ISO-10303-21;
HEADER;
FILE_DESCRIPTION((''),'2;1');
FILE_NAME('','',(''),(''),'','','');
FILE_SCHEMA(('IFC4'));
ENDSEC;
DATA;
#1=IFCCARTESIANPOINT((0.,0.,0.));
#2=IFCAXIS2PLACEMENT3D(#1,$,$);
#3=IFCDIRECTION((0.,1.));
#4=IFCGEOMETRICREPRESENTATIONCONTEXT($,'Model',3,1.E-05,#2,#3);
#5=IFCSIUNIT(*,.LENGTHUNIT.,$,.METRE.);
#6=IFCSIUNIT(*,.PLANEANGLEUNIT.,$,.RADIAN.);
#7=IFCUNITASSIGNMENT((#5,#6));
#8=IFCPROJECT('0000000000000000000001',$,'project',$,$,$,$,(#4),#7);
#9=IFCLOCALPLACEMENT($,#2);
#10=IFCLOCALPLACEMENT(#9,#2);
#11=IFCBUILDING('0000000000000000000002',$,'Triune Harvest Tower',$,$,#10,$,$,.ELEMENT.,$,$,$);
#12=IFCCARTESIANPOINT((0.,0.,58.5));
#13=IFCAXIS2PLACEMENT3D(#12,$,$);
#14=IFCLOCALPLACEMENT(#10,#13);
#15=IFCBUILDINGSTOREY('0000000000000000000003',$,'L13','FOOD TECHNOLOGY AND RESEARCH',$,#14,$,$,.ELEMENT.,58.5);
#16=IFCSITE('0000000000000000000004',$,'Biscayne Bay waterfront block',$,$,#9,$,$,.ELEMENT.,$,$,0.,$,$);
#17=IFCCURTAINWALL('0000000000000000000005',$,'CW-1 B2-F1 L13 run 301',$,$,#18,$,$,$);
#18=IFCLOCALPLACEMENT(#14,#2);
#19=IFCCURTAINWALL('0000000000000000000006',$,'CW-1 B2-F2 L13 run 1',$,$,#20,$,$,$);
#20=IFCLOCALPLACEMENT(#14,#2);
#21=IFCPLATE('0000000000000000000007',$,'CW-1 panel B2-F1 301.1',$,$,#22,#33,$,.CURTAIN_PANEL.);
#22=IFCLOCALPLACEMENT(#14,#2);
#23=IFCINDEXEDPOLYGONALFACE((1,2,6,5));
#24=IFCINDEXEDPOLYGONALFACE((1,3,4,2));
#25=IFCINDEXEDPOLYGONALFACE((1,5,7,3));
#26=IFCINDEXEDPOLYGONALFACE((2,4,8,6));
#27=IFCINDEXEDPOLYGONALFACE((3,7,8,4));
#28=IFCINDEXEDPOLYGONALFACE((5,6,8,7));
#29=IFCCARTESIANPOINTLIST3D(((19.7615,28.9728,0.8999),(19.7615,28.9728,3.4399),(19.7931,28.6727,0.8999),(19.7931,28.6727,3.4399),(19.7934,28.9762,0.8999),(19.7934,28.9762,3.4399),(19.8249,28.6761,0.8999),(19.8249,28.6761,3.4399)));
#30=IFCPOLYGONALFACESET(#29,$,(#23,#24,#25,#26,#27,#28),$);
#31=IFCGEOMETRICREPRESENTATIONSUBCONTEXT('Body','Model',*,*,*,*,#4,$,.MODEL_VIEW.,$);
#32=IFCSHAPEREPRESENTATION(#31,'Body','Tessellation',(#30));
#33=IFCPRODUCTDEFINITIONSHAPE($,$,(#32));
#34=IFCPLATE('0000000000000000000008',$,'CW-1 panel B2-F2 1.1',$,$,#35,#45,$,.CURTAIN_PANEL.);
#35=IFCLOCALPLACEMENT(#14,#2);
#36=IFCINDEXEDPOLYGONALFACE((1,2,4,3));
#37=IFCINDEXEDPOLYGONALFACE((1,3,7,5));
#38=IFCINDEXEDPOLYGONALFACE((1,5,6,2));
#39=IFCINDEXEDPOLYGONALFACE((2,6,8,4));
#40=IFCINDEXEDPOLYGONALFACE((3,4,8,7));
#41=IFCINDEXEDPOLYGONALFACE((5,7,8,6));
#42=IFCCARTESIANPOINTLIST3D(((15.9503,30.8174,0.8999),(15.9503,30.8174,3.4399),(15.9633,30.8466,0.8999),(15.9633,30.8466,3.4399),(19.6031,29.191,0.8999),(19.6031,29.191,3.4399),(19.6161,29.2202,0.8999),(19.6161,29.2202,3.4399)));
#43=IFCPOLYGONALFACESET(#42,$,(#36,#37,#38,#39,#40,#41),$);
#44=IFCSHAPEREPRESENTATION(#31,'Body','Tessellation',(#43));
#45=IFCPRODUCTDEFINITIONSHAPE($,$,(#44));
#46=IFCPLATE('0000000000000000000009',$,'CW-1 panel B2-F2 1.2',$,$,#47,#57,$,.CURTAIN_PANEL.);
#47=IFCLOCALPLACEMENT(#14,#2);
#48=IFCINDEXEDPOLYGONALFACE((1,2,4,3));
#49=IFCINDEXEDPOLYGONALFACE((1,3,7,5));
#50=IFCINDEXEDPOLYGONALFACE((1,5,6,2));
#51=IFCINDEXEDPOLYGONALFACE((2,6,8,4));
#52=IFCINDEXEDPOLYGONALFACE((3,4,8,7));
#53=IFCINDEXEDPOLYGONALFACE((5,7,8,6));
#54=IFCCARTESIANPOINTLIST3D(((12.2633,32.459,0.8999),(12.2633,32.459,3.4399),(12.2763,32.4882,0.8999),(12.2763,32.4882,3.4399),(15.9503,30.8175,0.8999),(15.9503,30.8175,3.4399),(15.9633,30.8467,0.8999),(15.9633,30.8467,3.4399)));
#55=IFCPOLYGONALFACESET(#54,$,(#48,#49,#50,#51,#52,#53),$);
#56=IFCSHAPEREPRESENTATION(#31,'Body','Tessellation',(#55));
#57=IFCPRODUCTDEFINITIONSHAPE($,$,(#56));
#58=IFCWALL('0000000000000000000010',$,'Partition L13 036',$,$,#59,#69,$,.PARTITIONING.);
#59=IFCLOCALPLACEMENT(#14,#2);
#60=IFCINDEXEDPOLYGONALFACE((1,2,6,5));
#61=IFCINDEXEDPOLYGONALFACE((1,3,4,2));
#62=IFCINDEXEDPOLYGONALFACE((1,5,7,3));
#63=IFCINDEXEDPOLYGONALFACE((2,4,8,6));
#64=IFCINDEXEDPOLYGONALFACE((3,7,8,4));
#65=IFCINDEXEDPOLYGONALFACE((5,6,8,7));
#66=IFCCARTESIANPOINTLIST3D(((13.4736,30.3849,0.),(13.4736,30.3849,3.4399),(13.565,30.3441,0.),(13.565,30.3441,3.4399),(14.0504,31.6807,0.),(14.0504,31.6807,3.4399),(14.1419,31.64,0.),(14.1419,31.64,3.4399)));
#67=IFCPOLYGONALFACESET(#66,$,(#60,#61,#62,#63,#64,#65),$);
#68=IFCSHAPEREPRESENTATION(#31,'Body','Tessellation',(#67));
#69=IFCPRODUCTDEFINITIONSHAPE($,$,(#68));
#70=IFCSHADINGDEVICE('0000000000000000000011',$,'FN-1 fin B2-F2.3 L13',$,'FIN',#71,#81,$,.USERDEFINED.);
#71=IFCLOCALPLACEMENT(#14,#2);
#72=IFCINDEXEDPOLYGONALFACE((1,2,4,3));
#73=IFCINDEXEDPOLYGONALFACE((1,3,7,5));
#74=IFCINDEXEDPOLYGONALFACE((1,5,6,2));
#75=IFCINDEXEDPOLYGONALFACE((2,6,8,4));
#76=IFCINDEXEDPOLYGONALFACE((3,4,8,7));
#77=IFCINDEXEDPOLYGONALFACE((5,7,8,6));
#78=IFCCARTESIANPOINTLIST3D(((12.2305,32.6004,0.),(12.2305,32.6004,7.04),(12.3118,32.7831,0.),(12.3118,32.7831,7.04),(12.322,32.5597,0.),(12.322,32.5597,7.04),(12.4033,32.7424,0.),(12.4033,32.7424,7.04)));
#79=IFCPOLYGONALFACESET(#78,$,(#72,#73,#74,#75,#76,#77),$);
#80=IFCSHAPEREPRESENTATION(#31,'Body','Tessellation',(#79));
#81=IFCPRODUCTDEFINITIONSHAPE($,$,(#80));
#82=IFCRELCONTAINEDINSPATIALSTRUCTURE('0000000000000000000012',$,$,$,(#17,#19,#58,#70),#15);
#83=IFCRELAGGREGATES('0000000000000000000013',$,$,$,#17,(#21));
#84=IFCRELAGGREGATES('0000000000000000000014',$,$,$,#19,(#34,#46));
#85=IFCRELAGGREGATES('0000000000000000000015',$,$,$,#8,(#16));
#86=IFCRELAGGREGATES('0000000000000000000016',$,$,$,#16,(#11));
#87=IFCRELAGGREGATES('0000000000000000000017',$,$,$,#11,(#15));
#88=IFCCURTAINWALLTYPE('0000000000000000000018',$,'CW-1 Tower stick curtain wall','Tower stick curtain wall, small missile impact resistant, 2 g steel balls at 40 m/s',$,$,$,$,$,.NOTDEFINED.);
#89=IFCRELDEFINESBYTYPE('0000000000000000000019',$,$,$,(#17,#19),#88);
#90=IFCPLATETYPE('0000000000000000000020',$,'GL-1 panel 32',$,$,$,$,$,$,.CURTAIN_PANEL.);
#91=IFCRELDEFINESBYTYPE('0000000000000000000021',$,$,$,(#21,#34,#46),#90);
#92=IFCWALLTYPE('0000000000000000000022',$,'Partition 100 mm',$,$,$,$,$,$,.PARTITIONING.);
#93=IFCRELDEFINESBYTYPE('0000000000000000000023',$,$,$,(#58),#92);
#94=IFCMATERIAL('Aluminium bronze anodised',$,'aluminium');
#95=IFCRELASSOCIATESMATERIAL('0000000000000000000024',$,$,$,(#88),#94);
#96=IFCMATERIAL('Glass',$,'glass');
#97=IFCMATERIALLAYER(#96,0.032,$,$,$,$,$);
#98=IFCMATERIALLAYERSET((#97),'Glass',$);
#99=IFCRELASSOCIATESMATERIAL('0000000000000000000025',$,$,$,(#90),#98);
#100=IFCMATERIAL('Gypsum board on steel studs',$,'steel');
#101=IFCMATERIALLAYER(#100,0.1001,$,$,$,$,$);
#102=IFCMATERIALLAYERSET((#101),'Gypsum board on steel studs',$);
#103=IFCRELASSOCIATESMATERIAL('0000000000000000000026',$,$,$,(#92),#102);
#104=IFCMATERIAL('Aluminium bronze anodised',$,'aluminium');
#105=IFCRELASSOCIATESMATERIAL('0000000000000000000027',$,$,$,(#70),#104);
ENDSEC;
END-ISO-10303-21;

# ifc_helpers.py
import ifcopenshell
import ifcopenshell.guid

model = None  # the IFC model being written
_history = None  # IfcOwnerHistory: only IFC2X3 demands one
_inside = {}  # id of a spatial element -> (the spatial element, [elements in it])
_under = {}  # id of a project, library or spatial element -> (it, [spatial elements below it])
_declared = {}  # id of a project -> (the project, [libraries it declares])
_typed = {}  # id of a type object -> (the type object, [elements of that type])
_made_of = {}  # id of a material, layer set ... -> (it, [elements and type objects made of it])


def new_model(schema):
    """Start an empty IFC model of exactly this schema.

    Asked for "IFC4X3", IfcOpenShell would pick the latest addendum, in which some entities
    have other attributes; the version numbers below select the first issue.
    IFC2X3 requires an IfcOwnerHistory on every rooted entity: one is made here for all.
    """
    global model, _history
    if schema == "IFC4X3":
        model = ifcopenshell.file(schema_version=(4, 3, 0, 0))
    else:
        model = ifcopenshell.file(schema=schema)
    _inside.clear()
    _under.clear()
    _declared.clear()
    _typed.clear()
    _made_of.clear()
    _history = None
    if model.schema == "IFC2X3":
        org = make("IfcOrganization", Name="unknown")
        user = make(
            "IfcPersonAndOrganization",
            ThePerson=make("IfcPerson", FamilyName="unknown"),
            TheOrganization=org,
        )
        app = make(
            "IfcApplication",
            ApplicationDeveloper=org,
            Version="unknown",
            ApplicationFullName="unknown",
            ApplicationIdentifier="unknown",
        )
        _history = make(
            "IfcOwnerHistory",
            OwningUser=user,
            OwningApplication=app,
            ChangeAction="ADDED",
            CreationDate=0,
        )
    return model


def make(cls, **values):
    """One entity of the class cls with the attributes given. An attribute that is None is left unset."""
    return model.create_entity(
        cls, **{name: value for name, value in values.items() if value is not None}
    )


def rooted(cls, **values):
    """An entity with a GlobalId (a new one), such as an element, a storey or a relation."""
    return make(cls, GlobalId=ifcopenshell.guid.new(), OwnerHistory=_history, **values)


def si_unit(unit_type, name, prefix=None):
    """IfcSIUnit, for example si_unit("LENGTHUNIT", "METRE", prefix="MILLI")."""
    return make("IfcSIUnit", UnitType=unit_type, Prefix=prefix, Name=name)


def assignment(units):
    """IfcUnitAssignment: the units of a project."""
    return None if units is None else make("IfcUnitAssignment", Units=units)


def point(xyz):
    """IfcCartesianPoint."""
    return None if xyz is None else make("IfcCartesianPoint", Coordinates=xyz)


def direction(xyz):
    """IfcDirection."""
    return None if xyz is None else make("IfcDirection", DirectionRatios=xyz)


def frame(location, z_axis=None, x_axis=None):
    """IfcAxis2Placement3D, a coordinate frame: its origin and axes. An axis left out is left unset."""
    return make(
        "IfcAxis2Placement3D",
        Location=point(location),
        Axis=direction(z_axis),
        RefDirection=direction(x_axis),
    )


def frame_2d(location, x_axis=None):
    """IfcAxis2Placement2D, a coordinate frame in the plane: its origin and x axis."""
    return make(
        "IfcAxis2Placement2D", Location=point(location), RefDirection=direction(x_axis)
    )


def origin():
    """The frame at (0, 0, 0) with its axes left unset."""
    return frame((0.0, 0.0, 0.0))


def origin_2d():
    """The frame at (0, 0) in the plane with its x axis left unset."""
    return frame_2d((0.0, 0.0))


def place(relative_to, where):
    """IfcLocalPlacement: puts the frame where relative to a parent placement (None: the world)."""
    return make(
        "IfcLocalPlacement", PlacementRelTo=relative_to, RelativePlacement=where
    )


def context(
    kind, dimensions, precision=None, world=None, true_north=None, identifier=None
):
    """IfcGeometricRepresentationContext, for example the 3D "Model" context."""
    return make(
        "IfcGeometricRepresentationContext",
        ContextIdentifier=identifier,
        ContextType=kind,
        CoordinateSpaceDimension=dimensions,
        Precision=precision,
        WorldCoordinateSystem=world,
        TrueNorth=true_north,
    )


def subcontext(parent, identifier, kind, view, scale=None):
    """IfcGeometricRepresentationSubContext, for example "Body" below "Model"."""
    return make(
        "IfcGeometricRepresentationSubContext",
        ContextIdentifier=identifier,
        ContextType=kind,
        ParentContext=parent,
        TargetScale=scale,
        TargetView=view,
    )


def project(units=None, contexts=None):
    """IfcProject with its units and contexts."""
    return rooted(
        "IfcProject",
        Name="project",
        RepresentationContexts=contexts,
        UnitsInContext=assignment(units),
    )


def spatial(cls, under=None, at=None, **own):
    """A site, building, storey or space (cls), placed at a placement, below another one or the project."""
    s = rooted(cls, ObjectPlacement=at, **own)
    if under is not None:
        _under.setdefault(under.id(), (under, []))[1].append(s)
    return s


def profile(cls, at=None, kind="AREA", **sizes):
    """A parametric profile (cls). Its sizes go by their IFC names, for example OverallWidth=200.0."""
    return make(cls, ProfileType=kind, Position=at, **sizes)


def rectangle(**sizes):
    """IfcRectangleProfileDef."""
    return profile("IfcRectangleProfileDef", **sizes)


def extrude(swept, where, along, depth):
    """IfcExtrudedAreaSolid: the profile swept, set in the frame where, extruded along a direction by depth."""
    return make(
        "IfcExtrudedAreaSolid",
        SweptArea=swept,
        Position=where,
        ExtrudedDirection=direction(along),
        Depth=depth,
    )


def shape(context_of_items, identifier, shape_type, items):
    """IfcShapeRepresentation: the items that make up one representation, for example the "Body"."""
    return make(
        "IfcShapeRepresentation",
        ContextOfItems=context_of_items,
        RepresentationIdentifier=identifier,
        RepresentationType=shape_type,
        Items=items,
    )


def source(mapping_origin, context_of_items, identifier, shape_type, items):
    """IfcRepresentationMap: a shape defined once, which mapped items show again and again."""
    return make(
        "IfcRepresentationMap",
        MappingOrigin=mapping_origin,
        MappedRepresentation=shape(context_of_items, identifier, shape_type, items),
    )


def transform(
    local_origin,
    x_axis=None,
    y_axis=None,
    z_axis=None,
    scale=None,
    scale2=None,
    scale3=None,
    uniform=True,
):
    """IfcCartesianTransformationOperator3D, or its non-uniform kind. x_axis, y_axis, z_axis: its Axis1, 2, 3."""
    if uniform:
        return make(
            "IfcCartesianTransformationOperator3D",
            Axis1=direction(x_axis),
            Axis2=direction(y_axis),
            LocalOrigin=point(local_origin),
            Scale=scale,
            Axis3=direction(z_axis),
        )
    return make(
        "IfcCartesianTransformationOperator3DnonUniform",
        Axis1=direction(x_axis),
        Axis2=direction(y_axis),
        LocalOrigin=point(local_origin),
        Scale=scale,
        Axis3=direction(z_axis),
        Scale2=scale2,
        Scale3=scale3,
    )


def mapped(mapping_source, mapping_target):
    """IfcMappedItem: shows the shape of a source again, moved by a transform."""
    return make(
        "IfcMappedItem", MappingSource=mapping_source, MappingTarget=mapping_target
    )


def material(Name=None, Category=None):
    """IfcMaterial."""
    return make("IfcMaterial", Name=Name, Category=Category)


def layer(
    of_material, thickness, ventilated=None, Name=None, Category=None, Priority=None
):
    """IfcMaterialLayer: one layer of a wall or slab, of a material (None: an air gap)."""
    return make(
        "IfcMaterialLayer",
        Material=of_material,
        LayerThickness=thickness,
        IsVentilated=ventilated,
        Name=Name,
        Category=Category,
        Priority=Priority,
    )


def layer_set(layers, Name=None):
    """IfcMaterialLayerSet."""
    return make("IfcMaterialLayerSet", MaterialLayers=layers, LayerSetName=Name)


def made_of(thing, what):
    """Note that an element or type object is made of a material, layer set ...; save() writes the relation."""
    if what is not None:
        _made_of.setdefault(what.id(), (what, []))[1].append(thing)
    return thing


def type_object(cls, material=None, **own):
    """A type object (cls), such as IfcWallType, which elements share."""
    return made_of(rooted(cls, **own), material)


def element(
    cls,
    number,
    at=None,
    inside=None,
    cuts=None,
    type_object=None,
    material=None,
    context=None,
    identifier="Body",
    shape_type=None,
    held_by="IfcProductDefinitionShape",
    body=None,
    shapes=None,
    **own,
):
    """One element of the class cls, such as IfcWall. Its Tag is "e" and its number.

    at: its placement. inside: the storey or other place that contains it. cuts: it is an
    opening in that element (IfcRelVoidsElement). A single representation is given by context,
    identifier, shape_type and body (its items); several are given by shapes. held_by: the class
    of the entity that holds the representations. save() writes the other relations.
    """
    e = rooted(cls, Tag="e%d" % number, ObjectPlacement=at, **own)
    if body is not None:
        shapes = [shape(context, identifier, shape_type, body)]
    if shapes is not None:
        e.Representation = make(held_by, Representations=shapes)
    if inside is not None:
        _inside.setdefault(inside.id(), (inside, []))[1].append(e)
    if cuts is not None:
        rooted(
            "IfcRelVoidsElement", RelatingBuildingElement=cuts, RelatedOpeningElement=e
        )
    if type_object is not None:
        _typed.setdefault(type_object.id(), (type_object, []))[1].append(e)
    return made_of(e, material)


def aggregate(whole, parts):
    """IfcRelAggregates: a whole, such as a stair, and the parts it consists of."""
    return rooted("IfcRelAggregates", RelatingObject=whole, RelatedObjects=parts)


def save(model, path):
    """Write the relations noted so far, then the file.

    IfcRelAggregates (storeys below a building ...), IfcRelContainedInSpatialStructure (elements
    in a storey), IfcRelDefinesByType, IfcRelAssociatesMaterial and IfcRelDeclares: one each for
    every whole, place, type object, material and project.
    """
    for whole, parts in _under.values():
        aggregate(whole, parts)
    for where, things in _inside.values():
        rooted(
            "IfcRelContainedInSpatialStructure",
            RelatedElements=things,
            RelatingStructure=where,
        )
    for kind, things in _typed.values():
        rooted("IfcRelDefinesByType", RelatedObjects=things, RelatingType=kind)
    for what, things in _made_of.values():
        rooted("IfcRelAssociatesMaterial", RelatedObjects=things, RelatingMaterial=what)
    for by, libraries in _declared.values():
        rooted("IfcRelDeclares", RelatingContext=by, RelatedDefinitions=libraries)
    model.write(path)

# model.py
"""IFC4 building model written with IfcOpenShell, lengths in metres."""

from ifc_helpers import new_model, si_unit, direction, frame, frame_2d, origin, origin_2d, place, context, subcontext, project, spatial, rectangle, extrude, source, transform, mapped, material, layer, layer_set, type_object, element, aggregate, save


model = new_model("IFC4")

# Units and contexts
model_context = context("Model", 3, precision=1e-05, world=origin(), true_north=direction((0.0, 1.0)))
body_context = subcontext(model_context, "Body", "Model", "MODEL_VIEW")
ifc_project = project(units=[si_unit("LENGTHUNIT", "METRE"), si_unit("PLANEANGLEUNIT", "RADIAN")], contexts=[model_context])

# Site, building, storey
site_placement = place(None, origin())
site = spatial("IfcSite", under=ifc_project, at=site_placement, Name="Biscayne Bay waterfront block", CompositionType="ELEMENT", RefElevation=0.0)
building_placement = place(site_placement, origin())
building = spatial("IfcBuilding", under=site, at=building_placement, Name="Triune Harvest Tower", CompositionType="ELEMENT")
storey_placement = place(building_placement, frame((0.0, 0.0, 58.5)))
storey = spatial("IfcBuildingStorey", under=building, at=storey_placement, Name="L13", Description="FOOD TECHNOLOGY AND RESEARCH", CompositionType="ELEMENT", Elevation=58.5)

# Curtain wall
ifc_material_1 = material(Name="Aluminium bronze anodised", Category="aluminium")
curtain_wall_type = type_object("IfcCurtainWallType", Name="CW-1 Tower stick curtain wall", Description="Tower stick curtain wall, small missile impact resistant, 2 g steel balls at 40 m/s", PredefinedType="NOTDEFINED", material=ifc_material_1)
curtain_wall_1_placement = place(storey_placement, origin())
curtain_wall_1 = element("IfcCurtainWall", 1, at=curtain_wall_1_placement, inside=storey, type_object=curtain_wall_type, Name="CW-1 B2-F1 L13 run 301")

# Curtain wall
curtain_wall_2_placement = place(storey_placement, origin())
curtain_wall_2 = element("IfcCurtainWall", 2, at=curtain_wall_2_placement, inside=storey, type_object=curtain_wall_type, Name="CW-1 B2-F2 L13 run 1")

# Plates
ifc_material_2 = material(Name="Glass", Category="glass")
ifc_layer_1 = layer(ifc_material_2, 0.032)
ifc_layer_set_1 = layer_set([ifc_layer_1], Name="Glass")
plate_type = type_object("IfcPlateType", Name="GL-1 panel 32", PredefinedType="CURTAIN_PANEL", material=ifc_layer_set_1)
shared_shape_1 = source(origin(), body_context, "Body", "SweptSolid", [
    extrude(rectangle(XDim=0.3018, YDim=0.032, at=origin_2d()), origin(), (0.0, 0.0, 1.0), 2.54),
])
plate_1_placement = place(storey_placement, frame((19.7932, 28.8245, 0.8999), z_axis=(0.0, 0.0, 1.0), x_axis=(-0.104477, 0.994527, 0.0)))
plate_1 = element("IfcPlate", 3, at=plate_1_placement, type_object=plate_type, Name="CW-1 panel B2-F1 301.1", PredefinedType="CURTAIN_PANEL", context=body_context, shape_type="MappedRepresentation", body=[
    mapped(shared_shape_1, transform((0.0, 0.0, 0.0), scale=1.0)),
])
aggregate(curtain_wall_1, [plate_1])
shared_shape_2 = source(origin(), body_context, "Body", "SweptSolid", [
    extrude(rectangle(XDim=3.9985, YDim=0.032, at=origin_2d()), origin(), (0.0, 0.0, 1.0), 2.54),
])
plate_2_placement = place(storey_placement, frame((17.7832, 30.0188, 0.8999), z_axis=(0.0, 0.0, 1.0), x_axis=(-0.913547, 0.406734, 0.0)))
plate_2 = element("IfcPlate", 4, at=plate_2_placement, type_object=plate_type, Name="CW-1 panel B2-F2 1.1", PredefinedType="CURTAIN_PANEL", context=body_context, shape_type="MappedRepresentation", body=[
    mapped(shared_shape_2, transform((0.0, 0.0, 0.0), scale=1.0)),
])
shared_shape_3 = source(origin(), body_context, "Body", "SweptSolid", [
    extrude(rectangle(XDim=4.0359, YDim=0.032, at=origin_2d()), origin(), (0.0, 0.0, 1.0), 2.54),
])
plate_3_placement = place(storey_placement, frame((14.1133, 31.6528, 0.8999), z_axis=(0.0, 0.0, 1.0), x_axis=(-0.913547, 0.406734, 0.0)))
plate_3 = element("IfcPlate", 5, at=plate_3_placement, type_object=plate_type, Name="CW-1 panel B2-F2 1.2", PredefinedType="CURTAIN_PANEL", context=body_context, shape_type="MappedRepresentation", body=[
    mapped(shared_shape_3, transform((0.0, 0.0, 0.0), scale=1.0)),
])
aggregate(curtain_wall_2, [plate_2, plate_3])

# Wall
ifc_material_3 = material(Name="Gypsum board on steel studs", Category="steel")
ifc_layer_2 = layer(ifc_material_3, 0.1001)
ifc_layer_set_2 = layer_set([ifc_layer_2], Name="Gypsum board on steel studs")
wall_type = type_object("IfcWallType", Name="Partition 100 mm", PredefinedType="PARTITIONING", material=ifc_layer_set_2)
shared_shape_4 = source(origin(), body_context, "Body", "SweptSolid", [
    extrude(rectangle(XDim=1.4185, YDim=0.1001, at=frame_2d((0.7092, 0.0))), origin(), (0.0, 0.0, 1.0), 3.4399),
])
wall_placement = place(storey_placement, frame((13.5193, 30.3645, 0.0), z_axis=(0.0, 0.0, 1.0), x_axis=(0.406697, 0.913563, 0.0)))
element("IfcWall", 6, at=wall_placement, inside=storey, type_object=wall_type, Name="Partition L13 036", PredefinedType="PARTITIONING", context=body_context, shape_type="MappedRepresentation", body=[
    mapped(shared_shape_4, transform((0.0, 0.0, 0.0), scale=1.0)),
])

# Shading device
ifc_material_4 = material(Name="Aluminium bronze anodised", Category="aluminium")
shared_shape_5 = source(origin(), body_context, "Body", "SweptSolid", [
    extrude(rectangle(XDim=0.1001, YDim=0.2, at=origin_2d()), origin(), (0.0, 0.0, 1.0), 7.04),
])
shading_device_placement = place(storey_placement, frame((12.3169, 32.6714, 0.0), z_axis=(0.0, 0.0, 1.0), x_axis=(-0.913547, 0.406734, 0.0)))
element("IfcShadingDevice", 7, at=shading_device_placement, inside=storey, material=ifc_material_4, Name="FN-1 fin B2-F2.3 L13", ObjectType="FIN", PredefinedType="USERDEFINED", context=body_context, shape_type="MappedRepresentation", body=[
    mapped(shared_shape_5, transform((0.0, 0.0, 0.0), scale=1.0)),
])

save(model, "model.ifc")
